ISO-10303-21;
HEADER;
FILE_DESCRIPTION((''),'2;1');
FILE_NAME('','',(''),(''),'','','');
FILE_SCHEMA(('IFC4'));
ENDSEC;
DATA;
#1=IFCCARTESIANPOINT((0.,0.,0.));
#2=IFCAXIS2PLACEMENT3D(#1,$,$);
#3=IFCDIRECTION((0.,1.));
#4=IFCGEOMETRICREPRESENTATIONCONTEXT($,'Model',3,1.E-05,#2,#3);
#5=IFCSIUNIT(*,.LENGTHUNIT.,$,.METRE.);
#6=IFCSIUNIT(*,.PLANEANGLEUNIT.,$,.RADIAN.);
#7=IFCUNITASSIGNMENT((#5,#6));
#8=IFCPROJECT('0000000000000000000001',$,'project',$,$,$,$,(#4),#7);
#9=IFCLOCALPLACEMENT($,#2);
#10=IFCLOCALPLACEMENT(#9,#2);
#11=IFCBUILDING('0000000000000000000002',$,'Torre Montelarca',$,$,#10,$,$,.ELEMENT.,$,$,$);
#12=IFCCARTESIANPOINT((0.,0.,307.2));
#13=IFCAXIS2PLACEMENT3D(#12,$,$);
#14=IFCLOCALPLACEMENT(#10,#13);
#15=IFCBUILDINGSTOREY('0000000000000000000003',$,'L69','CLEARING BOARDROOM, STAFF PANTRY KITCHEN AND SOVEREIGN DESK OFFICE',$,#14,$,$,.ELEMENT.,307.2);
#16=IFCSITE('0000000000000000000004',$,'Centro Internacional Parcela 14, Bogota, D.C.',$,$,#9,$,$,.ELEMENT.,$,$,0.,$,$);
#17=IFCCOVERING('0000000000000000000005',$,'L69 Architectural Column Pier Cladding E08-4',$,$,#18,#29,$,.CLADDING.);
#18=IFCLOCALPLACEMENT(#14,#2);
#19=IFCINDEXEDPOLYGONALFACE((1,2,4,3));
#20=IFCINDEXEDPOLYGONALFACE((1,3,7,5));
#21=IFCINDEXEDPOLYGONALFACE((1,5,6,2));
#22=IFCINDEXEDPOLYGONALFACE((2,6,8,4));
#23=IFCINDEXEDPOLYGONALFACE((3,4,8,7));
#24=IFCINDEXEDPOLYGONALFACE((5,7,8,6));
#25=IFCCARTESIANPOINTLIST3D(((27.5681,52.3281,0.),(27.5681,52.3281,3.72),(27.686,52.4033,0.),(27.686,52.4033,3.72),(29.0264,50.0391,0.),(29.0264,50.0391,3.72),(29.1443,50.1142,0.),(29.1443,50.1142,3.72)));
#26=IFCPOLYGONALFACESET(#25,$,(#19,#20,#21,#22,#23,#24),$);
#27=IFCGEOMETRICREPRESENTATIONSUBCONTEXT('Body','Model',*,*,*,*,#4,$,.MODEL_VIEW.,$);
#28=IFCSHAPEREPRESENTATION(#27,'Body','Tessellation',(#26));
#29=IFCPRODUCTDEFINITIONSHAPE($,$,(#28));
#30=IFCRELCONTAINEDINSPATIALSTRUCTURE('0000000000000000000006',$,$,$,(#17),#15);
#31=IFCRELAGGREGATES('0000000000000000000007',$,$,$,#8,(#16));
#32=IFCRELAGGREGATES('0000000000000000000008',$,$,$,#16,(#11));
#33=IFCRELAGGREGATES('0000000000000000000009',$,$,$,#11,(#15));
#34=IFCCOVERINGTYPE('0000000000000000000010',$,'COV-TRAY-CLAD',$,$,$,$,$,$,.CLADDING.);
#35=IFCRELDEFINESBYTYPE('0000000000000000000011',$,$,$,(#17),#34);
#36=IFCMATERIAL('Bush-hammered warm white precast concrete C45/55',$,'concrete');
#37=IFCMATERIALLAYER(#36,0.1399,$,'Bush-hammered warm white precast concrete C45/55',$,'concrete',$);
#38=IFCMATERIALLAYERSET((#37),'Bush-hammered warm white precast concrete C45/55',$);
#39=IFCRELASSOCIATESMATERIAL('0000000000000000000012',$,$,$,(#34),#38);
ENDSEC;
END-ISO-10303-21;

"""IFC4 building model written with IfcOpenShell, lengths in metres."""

from ifc_helpers import new_model, si_unit, direction, frame, origin, origin_2d, place, context, subcontext, project, spatial, rectangle, extrude, source, transform, mapped, material, layer, layer_set, type_object, element, save


model = new_model("IFC4")

# Units and contexts
model_context = context("Model", 3, precision=1e-05, world=origin(), true_north=direction((0.0, 1.0)))
body_context = subcontext(model_context, "Body", "Model", "MODEL_VIEW")
ifc_project = project(units=[si_unit("LENGTHUNIT", "METRE"), si_unit("PLANEANGLEUNIT", "RADIAN")], contexts=[model_context])

# Site, building, storey
site_placement = place(None, origin())
site = spatial("IfcSite", under=ifc_project, at=site_placement, Name="Centro Internacional Parcela 14, Bogota, D.C.", CompositionType="ELEMENT", RefElevation=0.0)
building_placement = place(site_placement, origin())
building = spatial("IfcBuilding", under=site, at=building_placement, Name="Torre Montelarca", CompositionType="ELEMENT")
storey_placement = place(building_placement, frame((0.0, 0.0, 307.2)))
storey = spatial("IfcBuildingStorey", under=building, at=storey_placement, Name="L69", Description="CLEARING BOARDROOM, STAFF PANTRY KITCHEN AND SOVEREIGN DESK OFFICE", CompositionType="ELEMENT", Elevation=307.2)

# Covering
ifc_material_1 = material(Name="Bush-hammered warm white precast concrete C45/55", Category="concrete")
ifc_layer_1 = layer(ifc_material_1, 0.1399, Name="Bush-hammered warm white precast concrete C45/55", Category="concrete")
ifc_layer_set_1 = layer_set([ifc_layer_1], Name="Bush-hammered warm white precast concrete C45/55")
covering_type = type_object("IfcCoveringType", Name="COV-TRAY-CLAD", PredefinedType="CLADDING", material=ifc_layer_set_1)
shared_shape_1 = source(origin(), body_context, "Body", "SweptSolid", [
    extrude(rectangle(XDim=2.7141, YDim=0.1399, at=origin_2d()), origin(), (0.0, 0.0, 1.0), 3.72),
])
covering_1_placement = place(storey_placement, frame((28.3562, 51.2212, 0.0), z_axis=(0.0, 0.0, 1.0), x_axis=(-0.5373, 0.843391, 0.0)))
element("IfcCovering", 1, at=covering_1_placement, inside=storey, type_object=covering_type, Name="L69 Architectural Column Pier Cladding E08-4", PredefinedType="CLADDING", context=body_context, shape_type="MappedRepresentation", body=[
    mapped(shared_shape_1, transform((0.0, 0.0, 0.0), scale=1.0)),
])

save(model, "model.ifc")
